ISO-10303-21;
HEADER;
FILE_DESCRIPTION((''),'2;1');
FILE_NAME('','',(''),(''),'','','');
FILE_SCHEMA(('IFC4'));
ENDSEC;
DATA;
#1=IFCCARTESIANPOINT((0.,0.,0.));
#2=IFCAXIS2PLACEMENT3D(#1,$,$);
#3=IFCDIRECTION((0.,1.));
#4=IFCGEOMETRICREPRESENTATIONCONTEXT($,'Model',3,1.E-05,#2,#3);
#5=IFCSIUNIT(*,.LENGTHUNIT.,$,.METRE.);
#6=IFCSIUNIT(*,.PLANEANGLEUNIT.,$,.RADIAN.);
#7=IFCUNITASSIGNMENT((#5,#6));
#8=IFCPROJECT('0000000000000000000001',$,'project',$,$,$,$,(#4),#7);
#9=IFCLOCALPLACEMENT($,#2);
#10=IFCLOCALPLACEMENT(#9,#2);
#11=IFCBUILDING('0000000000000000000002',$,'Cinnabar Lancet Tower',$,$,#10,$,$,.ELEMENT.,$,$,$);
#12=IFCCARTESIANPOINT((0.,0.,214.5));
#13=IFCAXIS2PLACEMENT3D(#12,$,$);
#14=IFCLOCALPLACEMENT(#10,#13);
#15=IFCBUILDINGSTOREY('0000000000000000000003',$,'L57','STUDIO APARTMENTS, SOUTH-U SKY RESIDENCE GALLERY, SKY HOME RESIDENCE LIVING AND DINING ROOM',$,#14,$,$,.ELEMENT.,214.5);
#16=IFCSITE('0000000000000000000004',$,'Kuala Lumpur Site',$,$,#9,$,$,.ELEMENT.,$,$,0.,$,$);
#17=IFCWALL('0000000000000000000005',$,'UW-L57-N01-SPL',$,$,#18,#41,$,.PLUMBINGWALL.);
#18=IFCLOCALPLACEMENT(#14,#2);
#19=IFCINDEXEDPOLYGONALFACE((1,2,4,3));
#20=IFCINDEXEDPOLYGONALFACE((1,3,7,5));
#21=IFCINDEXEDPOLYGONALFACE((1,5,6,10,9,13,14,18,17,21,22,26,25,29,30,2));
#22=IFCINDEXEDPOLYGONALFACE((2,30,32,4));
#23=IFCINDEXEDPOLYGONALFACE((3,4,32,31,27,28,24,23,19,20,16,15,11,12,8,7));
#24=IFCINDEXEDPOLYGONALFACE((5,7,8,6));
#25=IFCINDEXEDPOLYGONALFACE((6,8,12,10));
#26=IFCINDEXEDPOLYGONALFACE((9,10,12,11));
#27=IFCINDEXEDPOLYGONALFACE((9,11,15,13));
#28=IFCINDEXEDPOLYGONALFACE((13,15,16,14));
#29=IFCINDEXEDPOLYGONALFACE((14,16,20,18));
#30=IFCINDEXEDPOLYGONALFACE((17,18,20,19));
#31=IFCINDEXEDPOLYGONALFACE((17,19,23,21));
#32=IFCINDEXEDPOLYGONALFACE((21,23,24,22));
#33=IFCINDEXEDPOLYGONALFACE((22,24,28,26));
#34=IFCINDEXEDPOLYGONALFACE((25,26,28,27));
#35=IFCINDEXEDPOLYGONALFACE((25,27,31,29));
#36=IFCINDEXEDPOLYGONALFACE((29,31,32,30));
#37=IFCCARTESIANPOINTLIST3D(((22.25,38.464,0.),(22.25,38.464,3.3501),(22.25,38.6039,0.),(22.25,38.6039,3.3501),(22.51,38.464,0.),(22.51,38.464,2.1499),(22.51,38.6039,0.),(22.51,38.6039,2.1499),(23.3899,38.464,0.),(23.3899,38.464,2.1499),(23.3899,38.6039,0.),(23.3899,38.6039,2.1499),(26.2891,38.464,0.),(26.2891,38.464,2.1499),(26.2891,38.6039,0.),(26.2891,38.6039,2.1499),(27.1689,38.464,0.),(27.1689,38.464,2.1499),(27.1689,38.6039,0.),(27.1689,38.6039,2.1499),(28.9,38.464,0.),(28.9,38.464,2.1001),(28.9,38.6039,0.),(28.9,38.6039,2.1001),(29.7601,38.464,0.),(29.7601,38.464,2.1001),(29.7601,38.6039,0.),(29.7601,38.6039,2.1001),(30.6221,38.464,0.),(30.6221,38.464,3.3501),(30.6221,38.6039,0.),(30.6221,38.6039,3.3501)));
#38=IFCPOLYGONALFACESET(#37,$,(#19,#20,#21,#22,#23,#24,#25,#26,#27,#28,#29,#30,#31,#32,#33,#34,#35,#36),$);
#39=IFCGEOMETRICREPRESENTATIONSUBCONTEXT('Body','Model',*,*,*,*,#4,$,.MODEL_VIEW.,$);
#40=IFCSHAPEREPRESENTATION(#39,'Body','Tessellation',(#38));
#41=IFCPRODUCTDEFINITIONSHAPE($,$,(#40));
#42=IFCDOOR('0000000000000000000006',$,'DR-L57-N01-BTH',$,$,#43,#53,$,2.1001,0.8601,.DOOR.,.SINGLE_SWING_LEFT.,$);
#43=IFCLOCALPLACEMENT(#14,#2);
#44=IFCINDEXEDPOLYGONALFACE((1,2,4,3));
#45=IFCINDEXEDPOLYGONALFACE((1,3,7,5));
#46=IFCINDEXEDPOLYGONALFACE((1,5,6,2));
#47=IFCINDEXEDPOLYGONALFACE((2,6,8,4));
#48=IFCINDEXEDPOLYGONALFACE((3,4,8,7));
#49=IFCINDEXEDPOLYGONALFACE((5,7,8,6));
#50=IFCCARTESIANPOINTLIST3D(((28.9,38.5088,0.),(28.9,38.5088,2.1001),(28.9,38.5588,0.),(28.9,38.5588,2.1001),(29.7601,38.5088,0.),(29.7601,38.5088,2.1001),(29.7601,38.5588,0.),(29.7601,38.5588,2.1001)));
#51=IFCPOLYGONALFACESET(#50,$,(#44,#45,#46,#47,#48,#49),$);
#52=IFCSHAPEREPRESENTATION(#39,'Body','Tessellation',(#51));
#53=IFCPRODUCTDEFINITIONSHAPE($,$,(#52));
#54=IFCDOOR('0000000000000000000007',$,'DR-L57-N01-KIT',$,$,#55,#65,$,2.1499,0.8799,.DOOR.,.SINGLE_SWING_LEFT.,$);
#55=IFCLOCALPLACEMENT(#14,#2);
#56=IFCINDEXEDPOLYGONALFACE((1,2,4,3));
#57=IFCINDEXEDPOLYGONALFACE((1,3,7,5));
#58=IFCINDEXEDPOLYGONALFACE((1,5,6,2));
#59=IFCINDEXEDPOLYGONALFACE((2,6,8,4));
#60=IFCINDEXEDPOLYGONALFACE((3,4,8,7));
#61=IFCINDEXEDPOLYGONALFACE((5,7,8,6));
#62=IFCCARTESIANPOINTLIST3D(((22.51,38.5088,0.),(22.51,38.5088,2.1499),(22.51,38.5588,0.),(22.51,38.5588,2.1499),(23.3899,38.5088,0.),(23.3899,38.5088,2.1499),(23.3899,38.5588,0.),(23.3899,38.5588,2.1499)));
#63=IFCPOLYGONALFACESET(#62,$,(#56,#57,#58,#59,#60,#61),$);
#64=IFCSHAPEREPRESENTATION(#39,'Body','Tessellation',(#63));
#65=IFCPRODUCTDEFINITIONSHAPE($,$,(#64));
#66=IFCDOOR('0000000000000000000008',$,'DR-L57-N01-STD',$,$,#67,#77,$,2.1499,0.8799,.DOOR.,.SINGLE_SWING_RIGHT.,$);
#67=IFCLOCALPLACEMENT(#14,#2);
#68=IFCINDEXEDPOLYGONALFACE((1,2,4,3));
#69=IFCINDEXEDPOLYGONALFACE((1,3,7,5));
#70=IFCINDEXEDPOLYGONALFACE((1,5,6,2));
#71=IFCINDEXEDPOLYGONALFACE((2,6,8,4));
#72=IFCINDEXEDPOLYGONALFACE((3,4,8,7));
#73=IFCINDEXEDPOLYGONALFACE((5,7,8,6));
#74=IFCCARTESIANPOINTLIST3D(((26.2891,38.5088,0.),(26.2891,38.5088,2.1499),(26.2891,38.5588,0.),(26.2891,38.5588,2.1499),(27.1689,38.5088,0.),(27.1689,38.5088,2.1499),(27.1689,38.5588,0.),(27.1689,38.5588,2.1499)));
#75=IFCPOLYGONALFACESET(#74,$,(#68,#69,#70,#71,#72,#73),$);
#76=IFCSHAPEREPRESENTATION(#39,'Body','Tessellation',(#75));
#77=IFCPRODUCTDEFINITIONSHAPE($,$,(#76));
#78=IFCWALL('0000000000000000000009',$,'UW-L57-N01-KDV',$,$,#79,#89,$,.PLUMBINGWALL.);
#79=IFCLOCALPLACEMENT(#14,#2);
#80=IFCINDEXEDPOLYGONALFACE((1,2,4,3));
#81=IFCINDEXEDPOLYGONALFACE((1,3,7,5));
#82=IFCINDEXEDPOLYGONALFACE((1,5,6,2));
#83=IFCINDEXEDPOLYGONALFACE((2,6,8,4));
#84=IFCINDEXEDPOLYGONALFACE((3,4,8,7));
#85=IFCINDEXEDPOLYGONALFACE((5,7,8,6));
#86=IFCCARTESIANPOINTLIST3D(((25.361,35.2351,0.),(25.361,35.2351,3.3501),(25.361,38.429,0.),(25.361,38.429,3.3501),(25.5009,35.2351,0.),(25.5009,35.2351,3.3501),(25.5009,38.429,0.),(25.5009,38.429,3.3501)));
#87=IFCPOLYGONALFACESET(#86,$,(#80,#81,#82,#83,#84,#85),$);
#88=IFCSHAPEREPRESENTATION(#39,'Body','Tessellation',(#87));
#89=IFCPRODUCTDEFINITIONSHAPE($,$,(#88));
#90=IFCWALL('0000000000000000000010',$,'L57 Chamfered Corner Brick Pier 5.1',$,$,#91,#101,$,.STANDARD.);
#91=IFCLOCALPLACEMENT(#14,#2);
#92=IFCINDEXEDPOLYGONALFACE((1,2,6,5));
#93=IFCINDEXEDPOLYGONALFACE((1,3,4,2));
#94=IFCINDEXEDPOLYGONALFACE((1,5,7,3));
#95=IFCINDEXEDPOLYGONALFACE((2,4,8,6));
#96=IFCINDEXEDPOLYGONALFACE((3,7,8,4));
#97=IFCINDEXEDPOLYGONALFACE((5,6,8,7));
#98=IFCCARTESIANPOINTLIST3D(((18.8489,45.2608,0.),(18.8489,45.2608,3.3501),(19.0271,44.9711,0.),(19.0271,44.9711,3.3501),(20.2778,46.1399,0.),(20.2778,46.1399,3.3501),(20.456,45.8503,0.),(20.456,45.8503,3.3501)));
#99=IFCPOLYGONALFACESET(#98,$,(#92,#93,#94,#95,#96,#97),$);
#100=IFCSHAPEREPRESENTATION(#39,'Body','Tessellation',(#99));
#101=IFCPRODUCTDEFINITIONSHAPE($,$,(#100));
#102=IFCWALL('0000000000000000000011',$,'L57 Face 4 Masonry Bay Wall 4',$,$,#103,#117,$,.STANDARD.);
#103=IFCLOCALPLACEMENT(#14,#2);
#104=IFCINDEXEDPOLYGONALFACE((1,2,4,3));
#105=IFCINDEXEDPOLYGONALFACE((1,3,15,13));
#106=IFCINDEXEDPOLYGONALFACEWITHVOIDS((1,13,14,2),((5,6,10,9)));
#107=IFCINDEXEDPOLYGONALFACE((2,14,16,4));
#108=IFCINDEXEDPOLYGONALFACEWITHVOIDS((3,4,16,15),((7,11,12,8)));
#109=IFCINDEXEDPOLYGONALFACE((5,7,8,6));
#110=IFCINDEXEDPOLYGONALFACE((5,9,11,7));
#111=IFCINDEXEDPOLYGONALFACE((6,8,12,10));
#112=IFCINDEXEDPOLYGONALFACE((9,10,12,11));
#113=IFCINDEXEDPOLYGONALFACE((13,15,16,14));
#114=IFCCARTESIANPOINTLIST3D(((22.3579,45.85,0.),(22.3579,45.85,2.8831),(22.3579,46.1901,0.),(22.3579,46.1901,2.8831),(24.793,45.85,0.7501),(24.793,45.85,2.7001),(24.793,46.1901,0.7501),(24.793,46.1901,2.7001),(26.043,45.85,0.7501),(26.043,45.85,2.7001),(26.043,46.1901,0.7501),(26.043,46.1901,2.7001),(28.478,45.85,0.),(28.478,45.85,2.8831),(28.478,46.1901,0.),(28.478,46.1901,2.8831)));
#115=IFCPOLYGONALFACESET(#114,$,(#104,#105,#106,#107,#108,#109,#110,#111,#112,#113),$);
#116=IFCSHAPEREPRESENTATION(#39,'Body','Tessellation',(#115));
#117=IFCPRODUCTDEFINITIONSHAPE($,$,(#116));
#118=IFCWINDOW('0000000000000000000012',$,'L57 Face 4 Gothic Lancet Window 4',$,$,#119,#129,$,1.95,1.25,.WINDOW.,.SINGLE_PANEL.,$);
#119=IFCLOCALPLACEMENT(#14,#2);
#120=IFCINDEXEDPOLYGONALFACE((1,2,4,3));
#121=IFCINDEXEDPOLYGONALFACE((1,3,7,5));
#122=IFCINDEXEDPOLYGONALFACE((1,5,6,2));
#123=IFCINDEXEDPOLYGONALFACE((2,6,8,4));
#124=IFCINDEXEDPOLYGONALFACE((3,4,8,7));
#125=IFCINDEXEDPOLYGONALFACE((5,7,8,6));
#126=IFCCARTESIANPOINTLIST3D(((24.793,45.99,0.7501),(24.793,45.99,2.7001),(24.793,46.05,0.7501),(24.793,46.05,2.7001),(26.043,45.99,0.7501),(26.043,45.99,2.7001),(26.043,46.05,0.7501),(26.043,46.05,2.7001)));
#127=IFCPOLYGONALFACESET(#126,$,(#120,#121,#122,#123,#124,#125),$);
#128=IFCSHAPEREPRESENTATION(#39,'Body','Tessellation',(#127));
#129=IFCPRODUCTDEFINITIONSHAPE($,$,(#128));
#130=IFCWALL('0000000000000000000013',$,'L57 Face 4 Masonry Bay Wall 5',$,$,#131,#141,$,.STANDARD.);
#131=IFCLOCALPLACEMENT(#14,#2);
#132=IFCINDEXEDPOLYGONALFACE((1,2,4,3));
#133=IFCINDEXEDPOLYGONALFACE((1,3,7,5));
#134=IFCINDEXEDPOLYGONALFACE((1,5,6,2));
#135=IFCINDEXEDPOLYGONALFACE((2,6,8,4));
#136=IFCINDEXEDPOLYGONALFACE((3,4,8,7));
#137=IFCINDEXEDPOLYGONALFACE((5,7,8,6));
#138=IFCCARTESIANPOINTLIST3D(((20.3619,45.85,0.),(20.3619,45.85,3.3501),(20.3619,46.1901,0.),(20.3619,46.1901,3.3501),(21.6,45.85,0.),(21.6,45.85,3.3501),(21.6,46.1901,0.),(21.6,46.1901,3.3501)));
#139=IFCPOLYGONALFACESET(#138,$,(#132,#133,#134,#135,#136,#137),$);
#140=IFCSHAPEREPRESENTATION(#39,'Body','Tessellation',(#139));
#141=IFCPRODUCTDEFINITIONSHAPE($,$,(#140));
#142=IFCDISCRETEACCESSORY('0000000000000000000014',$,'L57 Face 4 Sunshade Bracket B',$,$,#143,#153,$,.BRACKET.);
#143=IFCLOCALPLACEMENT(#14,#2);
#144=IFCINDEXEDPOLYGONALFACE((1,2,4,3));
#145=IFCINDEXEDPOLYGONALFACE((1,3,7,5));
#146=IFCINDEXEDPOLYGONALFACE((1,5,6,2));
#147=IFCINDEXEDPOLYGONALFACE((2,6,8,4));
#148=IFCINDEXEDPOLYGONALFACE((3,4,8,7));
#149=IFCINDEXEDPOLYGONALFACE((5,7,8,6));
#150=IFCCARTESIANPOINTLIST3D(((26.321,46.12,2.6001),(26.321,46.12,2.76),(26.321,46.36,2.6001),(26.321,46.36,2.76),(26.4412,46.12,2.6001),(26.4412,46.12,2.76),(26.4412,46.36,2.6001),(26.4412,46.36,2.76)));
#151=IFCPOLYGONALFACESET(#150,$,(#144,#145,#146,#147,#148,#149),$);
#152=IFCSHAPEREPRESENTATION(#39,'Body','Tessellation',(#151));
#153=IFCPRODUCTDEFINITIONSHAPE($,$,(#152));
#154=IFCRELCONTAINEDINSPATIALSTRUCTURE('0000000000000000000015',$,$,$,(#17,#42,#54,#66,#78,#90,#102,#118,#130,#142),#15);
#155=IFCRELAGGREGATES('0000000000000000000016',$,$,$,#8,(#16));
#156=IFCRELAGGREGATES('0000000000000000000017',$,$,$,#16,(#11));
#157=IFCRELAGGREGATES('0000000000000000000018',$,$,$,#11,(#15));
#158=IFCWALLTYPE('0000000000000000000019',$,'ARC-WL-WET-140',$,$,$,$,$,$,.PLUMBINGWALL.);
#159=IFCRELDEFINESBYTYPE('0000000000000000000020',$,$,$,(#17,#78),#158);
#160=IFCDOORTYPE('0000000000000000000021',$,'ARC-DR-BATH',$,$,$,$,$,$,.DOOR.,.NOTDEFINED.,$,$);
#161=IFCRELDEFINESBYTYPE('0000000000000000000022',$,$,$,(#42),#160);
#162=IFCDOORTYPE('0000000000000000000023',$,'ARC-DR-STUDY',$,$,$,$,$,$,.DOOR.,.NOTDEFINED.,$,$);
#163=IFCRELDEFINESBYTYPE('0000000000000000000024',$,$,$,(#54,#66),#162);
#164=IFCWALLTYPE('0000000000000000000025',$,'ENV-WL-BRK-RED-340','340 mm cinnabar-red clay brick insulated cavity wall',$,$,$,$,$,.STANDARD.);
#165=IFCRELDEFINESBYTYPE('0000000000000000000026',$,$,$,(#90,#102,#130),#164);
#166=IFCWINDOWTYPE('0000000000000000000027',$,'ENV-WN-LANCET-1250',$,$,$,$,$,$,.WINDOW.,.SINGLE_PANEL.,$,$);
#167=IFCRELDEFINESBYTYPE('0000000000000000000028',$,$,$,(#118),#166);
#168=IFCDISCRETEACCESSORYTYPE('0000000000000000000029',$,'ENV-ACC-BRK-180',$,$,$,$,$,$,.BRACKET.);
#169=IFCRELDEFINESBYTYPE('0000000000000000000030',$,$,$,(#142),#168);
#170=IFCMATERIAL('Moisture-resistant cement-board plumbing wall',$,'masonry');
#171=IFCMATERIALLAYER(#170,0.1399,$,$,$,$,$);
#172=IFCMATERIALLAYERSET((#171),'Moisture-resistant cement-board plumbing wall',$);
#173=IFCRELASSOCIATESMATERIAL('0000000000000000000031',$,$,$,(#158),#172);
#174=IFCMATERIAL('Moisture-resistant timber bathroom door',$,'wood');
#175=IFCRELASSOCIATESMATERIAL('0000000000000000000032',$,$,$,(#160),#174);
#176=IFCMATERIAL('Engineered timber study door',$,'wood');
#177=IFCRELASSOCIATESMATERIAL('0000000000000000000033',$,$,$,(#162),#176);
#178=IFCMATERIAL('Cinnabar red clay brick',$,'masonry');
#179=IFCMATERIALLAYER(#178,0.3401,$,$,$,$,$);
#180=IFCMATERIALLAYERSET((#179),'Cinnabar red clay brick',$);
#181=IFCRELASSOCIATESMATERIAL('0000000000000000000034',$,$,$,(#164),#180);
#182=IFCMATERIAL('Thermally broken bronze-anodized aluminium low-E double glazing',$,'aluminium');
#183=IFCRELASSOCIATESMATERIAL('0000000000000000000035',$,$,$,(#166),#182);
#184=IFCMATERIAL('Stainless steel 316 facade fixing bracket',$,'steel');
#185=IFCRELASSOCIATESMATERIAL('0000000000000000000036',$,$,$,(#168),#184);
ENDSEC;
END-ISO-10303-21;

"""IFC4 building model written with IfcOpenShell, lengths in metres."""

from ifc_helpers import new_model, si_unit, direction, frame, frame_2d, origin, origin_2d, place, context, subcontext, project, spatial, rectangle, extrude, material, layer, layer_set, type_object, element, fill, save


model = new_model("IFC4")

# Units and contexts
model_context = context("Model", 3, precision=1e-05, world=origin(), true_north=direction((0.0, 1.0)))
body_context = subcontext(model_context, "Body", "Model", "MODEL_VIEW")
ifc_project = project(units=[si_unit("LENGTHUNIT", "METRE"), si_unit("PLANEANGLEUNIT", "RADIAN")], contexts=[model_context])

# Site, building, storey
site_placement = place(None, origin())
site = spatial("IfcSite", under=ifc_project, at=site_placement, Name="Kuala Lumpur Site", CompositionType="ELEMENT", RefElevation=0.0)
building_placement = place(site_placement, origin())
building = spatial("IfcBuilding", under=site, at=building_placement, Name="Cinnabar Lancet Tower", CompositionType="ELEMENT")
storey_placement = place(building_placement, frame((0.0, 0.0, 214.5)))
storey = spatial("IfcBuildingStorey", under=building, at=storey_placement, Name="L57", Description="STUDIO APARTMENTS, SOUTH-U SKY RESIDENCE GALLERY, SKY HOME RESIDENCE LIVING AND DINING ROOM", CompositionType="ELEMENT", Elevation=214.5)

# Wall, openings, doors
ifc_material_1 = material(Name="Moisture-resistant cement-board plumbing wall", Category="masonry")
ifc_layer_1 = layer(ifc_material_1, 0.1399)
ifc_layer_set_1 = layer_set([ifc_layer_1], Name="Moisture-resistant cement-board plumbing wall")
wall_type_1 = type_object("IfcWallType", Name="ARC-WL-WET-140", PredefinedType="PLUMBINGWALL", material=ifc_layer_set_1)
wall_1_placement = place(storey_placement, frame((22.25, 38.5339, 0.0), z_axis=(0.0, 0.0, 1.0), x_axis=(1.0, 0.0, 0.0)))
wall_1 = element("IfcWall", 1, at=wall_1_placement, inside=storey, type_object=wall_type_1, Name="UW-L57-N01-SPL", PredefinedType="PLUMBINGWALL", context=body_context, shape_type="SweptSolid", body=[
    extrude(rectangle(XDim=8.3721, YDim=0.1399, at=frame_2d((4.186, 0.0))), origin(), (0.0, 0.0, 1.0), 3.3501),
])
opening_1_placement = place(wall_1_placement, frame((6.6499, 0.0, 0.0)))
opening_1 = element("IfcOpeningElement", 2, at=opening_1_placement, cuts=wall_1, PredefinedType="OPENING", context=body_context, shape_type="SweptSolid", body=[
    extrude(rectangle(XDim=0.8601, YDim=2.1001, at=frame_2d((0.4302, 1.05))), frame((0.0, 0.0798, 0.0), z_axis=(0.0, -1.0, 0.0), x_axis=(1.0, 0.0, 0.0)), (0.0, 0.0, 1.0), 0.1599),
])
opening_2_placement = place(wall_1_placement, frame((0.26, 0.0, 0.0)))
opening_2 = element("IfcOpeningElement", 3, at=opening_2_placement, cuts=wall_1, PredefinedType="OPENING", context=body_context, shape_type="SweptSolid", body=[
    extrude(rectangle(XDim=0.8799, YDim=2.1499, at=frame_2d((0.4399, 1.075))), frame((0.0, 0.0798, 0.0), z_axis=(0.0, -1.0, 0.0), x_axis=(1.0, 0.0, 0.0)), (0.0, 0.0, 1.0), 0.1599),
])
opening_3_placement = place(wall_1_placement, frame((4.0391, 0.0, 0.0)))
opening_3 = element("IfcOpeningElement", 4, at=opening_3_placement, cuts=wall_1, PredefinedType="OPENING", context=body_context, shape_type="SweptSolid", body=[
    extrude(rectangle(XDim=0.8799, YDim=2.1499, at=frame_2d((0.4399, 1.075))), frame((0.0, 0.0798, 0.0), z_axis=(0.0, -1.0, 0.0), x_axis=(1.0, 0.0, 0.0)), (0.0, 0.0, 1.0), 0.1599),
])
ifc_material_2 = material(Name="Moisture-resistant timber bathroom door", Category="wood")
door_type_1 = type_object("IfcDoorType", Name="ARC-DR-BATH", OperationType="NOTDEFINED", PredefinedType="DOOR", material=ifc_material_2)
door_1_placement = place(opening_1_placement, origin())
door_1 = element("IfcDoor", 5, at=door_1_placement, inside=storey, type_object=door_type_1, Name="DR-L57-N01-BTH", OperationType="SINGLE_SWING_LEFT", OverallHeight=2.1001, OverallWidth=0.8601, PredefinedType="DOOR", context=body_context, shape_type="SweptSolid", body=[
    extrude(rectangle(XDim=0.8601, YDim=2.1001, at=frame_2d((0.4302, 1.05))), frame((0.0, 0.0249, 0.0), z_axis=(0.0, -1.0, 0.0), x_axis=(1.0, 0.0, 0.0)), (0.0, 0.0, 1.0), 0.05),
])
fill(opening_1, door_1)
ifc_material_3 = material(Name="Engineered timber study door", Category="wood")
door_type_2 = type_object("IfcDoorType", Name="ARC-DR-STUDY", OperationType="NOTDEFINED", PredefinedType="DOOR", material=ifc_material_3)
door_2_placement = place(opening_2_placement, origin())
door_2 = element("IfcDoor", 6, at=door_2_placement, inside=storey, type_object=door_type_2, Name="DR-L57-N01-KIT", OperationType="SINGLE_SWING_LEFT", OverallHeight=2.1499, OverallWidth=0.8799, PredefinedType="DOOR", context=body_context, shape_type="SweptSolid", body=[
    extrude(rectangle(XDim=0.8799, YDim=2.1499, at=frame_2d((0.4399, 1.075))), frame((0.0, 0.0249, 0.0), z_axis=(0.0, -1.0, 0.0), x_axis=(1.0, 0.0, 0.0)), (0.0, 0.0, 1.0), 0.05),
])
fill(opening_2, door_2)
door_3_placement = place(opening_3_placement, origin())
door_3 = element("IfcDoor", 7, at=door_3_placement, inside=storey, type_object=door_type_2, Name="DR-L57-N01-STD", OperationType="SINGLE_SWING_RIGHT", OverallHeight=2.1499, OverallWidth=0.8799, PredefinedType="DOOR", context=body_context, shape_type="SweptSolid", body=[
    extrude(rectangle(XDim=0.8799, YDim=2.1499, at=frame_2d((0.4399, 1.075))), frame((0.0, 0.0249, 0.0), z_axis=(0.0, -1.0, 0.0), x_axis=(1.0, 0.0, 0.0)), (0.0, 0.0, 1.0), 0.05),
])
fill(opening_3, door_3)

# Walls
wall_2_placement = place(storey_placement, frame((25.4309, 35.2351, 0.0), z_axis=(0.0, 0.0, 1.0), x_axis=(0.0, 1.0, 0.0)))
element("IfcWall", 8, at=wall_2_placement, inside=storey, type_object=wall_type_1, Name="UW-L57-N01-KDV", PredefinedType="PLUMBINGWALL", context=body_context, shape_type="SweptSolid", body=[
    extrude(rectangle(XDim=3.1938, YDim=0.1399, at=frame_2d((1.5969, 0.0))), origin(), (0.0, 0.0, 1.0), 3.3501),
])
ifc_material_4 = material(Name="Cinnabar red clay brick", Category="masonry")
ifc_layer_2 = layer(ifc_material_4, 0.3401)
ifc_layer_set_2 = layer_set([ifc_layer_2], Name="Cinnabar red clay brick")
wall_type_2 = type_object("IfcWallType", Name="ENV-WL-BRK-RED-340", Description="340 mm cinnabar-red clay brick insulated cavity wall", PredefinedType="STANDARD", material=ifc_layer_set_2)
wall_3_placement = place(storey_placement, frame((20.3669, 45.9951, 0.0), z_axis=(0.0, 0.0, 1.0), x_axis=(-0.851713, -0.524008, 0.0)))
element("IfcWall", 9, at=wall_3_placement, inside=storey, type_object=wall_type_2, Name="L57 Chamfered Corner Brick Pier 5.1", PredefinedType="STANDARD", context=body_context, shape_type="SweptSolid", body=[
    extrude(rectangle(XDim=1.6777, YDim=0.3401, at=frame_2d((0.8389, 0.0))), origin(), (0.0, 0.0, 1.0), 3.3501),
])

# Wall, opening, window
wall_4_placement = place(storey_placement, frame((28.478, 46.02, 0.0), z_axis=(0.0, 0.0, 1.0), x_axis=(-1.0, 0.0, 0.0)))
wall_4 = element("IfcWall", 10, at=wall_4_placement, inside=storey, type_object=wall_type_2, Name="L57 Face 4 Masonry Bay Wall 4", PredefinedType="STANDARD", context=body_context, shape_type="SweptSolid", body=[
    extrude(rectangle(XDim=6.1201, YDim=0.3401, at=frame_2d((3.0601, 0.0))), origin(), (0.0, 0.0, 1.0), 2.8831),
])
opening_4_placement = place(wall_4_placement, frame((2.4351, 0.0, 0.75)))
opening_4 = element("IfcOpeningElement", 11, at=opening_4_placement, cuts=wall_4, PredefinedType="OPENING", context=body_context, shape_type="SweptSolid", body=[
    extrude(rectangle(XDim=1.25, YDim=1.95, at=frame_2d((0.625, 0.9751))), frame((0.0, 0.1799, 0.0), z_axis=(0.0, -1.0, 0.0), x_axis=(1.0, 0.0, 0.0)), (0.0, 0.0, 1.0), 0.3601),
])
ifc_material_5 = material(Name="Thermally broken bronze-anodized aluminium low-E double glazing", Category="aluminium")
window_type = type_object("IfcWindowType", Name="ENV-WN-LANCET-1250", PartitioningType="SINGLE_PANEL", PredefinedType="WINDOW", material=ifc_material_5)
window_placement = place(opening_4_placement, origin())
window = element("IfcWindow", 12, at=window_placement, inside=storey, type_object=window_type, Name="L57 Face 4 Gothic Lancet Window 4", OverallHeight=1.95, OverallWidth=1.25, PartitioningType="SINGLE_PANEL", PredefinedType="WINDOW", context=body_context, shape_type="SweptSolid", body=[
    extrude(rectangle(XDim=1.25, YDim=1.95, at=frame_2d((0.625, 0.9751))), frame((0.0, 0.03, 0.0), z_axis=(0.0, -1.0, 0.0), x_axis=(1.0, 0.0, 0.0)), (0.0, 0.0, 1.0), 0.0601),
])
fill(opening_4, window)

# Wall
wall_5_placement = place(storey_placement, frame((21.6001, 46.02, 0.0), z_axis=(0.0, 0.0, 1.0), x_axis=(-1.0, 0.0, 0.0)))
element("IfcWall", 13, at=wall_5_placement, inside=storey, type_object=wall_type_2, Name="L57 Face 4 Masonry Bay Wall 5", PredefinedType="STANDARD", context=body_context, shape_type="SweptSolid", body=[
    extrude(rectangle(XDim=1.238, YDim=0.3401, at=frame_2d((0.6191, 0.0))), origin(), (0.0, 0.0, 1.0), 3.3501),
])

# Discrete accessory
ifc_material_6 = material(Name="Stainless steel 316 facade fixing bracket", Category="steel")
discrete_accessory_type = type_object("IfcDiscreteAccessoryType", Name="ENV-ACC-BRK-180", PredefinedType="BRACKET", material=ifc_material_6)
discrete_accessory_placement = place(storey_placement, frame((26.3811, 46.24, 2.6001), z_axis=(0.0, 0.0, 1.0), x_axis=(-1.0, 0.0, 0.0)))
element("IfcDiscreteAccessory", 14, at=discrete_accessory_placement, inside=storey, type_object=discrete_accessory_type, Name="L57 Face 4 Sunshade Bracket B", PredefinedType="BRACKET", context=body_context, shape_type="SweptSolid", body=[
    extrude(rectangle(XDim=0.1201, YDim=0.24, at=origin_2d()), origin(), (0.0, 0.0, 1.0), 0.1599),
])

save(model, "model.ifc")
